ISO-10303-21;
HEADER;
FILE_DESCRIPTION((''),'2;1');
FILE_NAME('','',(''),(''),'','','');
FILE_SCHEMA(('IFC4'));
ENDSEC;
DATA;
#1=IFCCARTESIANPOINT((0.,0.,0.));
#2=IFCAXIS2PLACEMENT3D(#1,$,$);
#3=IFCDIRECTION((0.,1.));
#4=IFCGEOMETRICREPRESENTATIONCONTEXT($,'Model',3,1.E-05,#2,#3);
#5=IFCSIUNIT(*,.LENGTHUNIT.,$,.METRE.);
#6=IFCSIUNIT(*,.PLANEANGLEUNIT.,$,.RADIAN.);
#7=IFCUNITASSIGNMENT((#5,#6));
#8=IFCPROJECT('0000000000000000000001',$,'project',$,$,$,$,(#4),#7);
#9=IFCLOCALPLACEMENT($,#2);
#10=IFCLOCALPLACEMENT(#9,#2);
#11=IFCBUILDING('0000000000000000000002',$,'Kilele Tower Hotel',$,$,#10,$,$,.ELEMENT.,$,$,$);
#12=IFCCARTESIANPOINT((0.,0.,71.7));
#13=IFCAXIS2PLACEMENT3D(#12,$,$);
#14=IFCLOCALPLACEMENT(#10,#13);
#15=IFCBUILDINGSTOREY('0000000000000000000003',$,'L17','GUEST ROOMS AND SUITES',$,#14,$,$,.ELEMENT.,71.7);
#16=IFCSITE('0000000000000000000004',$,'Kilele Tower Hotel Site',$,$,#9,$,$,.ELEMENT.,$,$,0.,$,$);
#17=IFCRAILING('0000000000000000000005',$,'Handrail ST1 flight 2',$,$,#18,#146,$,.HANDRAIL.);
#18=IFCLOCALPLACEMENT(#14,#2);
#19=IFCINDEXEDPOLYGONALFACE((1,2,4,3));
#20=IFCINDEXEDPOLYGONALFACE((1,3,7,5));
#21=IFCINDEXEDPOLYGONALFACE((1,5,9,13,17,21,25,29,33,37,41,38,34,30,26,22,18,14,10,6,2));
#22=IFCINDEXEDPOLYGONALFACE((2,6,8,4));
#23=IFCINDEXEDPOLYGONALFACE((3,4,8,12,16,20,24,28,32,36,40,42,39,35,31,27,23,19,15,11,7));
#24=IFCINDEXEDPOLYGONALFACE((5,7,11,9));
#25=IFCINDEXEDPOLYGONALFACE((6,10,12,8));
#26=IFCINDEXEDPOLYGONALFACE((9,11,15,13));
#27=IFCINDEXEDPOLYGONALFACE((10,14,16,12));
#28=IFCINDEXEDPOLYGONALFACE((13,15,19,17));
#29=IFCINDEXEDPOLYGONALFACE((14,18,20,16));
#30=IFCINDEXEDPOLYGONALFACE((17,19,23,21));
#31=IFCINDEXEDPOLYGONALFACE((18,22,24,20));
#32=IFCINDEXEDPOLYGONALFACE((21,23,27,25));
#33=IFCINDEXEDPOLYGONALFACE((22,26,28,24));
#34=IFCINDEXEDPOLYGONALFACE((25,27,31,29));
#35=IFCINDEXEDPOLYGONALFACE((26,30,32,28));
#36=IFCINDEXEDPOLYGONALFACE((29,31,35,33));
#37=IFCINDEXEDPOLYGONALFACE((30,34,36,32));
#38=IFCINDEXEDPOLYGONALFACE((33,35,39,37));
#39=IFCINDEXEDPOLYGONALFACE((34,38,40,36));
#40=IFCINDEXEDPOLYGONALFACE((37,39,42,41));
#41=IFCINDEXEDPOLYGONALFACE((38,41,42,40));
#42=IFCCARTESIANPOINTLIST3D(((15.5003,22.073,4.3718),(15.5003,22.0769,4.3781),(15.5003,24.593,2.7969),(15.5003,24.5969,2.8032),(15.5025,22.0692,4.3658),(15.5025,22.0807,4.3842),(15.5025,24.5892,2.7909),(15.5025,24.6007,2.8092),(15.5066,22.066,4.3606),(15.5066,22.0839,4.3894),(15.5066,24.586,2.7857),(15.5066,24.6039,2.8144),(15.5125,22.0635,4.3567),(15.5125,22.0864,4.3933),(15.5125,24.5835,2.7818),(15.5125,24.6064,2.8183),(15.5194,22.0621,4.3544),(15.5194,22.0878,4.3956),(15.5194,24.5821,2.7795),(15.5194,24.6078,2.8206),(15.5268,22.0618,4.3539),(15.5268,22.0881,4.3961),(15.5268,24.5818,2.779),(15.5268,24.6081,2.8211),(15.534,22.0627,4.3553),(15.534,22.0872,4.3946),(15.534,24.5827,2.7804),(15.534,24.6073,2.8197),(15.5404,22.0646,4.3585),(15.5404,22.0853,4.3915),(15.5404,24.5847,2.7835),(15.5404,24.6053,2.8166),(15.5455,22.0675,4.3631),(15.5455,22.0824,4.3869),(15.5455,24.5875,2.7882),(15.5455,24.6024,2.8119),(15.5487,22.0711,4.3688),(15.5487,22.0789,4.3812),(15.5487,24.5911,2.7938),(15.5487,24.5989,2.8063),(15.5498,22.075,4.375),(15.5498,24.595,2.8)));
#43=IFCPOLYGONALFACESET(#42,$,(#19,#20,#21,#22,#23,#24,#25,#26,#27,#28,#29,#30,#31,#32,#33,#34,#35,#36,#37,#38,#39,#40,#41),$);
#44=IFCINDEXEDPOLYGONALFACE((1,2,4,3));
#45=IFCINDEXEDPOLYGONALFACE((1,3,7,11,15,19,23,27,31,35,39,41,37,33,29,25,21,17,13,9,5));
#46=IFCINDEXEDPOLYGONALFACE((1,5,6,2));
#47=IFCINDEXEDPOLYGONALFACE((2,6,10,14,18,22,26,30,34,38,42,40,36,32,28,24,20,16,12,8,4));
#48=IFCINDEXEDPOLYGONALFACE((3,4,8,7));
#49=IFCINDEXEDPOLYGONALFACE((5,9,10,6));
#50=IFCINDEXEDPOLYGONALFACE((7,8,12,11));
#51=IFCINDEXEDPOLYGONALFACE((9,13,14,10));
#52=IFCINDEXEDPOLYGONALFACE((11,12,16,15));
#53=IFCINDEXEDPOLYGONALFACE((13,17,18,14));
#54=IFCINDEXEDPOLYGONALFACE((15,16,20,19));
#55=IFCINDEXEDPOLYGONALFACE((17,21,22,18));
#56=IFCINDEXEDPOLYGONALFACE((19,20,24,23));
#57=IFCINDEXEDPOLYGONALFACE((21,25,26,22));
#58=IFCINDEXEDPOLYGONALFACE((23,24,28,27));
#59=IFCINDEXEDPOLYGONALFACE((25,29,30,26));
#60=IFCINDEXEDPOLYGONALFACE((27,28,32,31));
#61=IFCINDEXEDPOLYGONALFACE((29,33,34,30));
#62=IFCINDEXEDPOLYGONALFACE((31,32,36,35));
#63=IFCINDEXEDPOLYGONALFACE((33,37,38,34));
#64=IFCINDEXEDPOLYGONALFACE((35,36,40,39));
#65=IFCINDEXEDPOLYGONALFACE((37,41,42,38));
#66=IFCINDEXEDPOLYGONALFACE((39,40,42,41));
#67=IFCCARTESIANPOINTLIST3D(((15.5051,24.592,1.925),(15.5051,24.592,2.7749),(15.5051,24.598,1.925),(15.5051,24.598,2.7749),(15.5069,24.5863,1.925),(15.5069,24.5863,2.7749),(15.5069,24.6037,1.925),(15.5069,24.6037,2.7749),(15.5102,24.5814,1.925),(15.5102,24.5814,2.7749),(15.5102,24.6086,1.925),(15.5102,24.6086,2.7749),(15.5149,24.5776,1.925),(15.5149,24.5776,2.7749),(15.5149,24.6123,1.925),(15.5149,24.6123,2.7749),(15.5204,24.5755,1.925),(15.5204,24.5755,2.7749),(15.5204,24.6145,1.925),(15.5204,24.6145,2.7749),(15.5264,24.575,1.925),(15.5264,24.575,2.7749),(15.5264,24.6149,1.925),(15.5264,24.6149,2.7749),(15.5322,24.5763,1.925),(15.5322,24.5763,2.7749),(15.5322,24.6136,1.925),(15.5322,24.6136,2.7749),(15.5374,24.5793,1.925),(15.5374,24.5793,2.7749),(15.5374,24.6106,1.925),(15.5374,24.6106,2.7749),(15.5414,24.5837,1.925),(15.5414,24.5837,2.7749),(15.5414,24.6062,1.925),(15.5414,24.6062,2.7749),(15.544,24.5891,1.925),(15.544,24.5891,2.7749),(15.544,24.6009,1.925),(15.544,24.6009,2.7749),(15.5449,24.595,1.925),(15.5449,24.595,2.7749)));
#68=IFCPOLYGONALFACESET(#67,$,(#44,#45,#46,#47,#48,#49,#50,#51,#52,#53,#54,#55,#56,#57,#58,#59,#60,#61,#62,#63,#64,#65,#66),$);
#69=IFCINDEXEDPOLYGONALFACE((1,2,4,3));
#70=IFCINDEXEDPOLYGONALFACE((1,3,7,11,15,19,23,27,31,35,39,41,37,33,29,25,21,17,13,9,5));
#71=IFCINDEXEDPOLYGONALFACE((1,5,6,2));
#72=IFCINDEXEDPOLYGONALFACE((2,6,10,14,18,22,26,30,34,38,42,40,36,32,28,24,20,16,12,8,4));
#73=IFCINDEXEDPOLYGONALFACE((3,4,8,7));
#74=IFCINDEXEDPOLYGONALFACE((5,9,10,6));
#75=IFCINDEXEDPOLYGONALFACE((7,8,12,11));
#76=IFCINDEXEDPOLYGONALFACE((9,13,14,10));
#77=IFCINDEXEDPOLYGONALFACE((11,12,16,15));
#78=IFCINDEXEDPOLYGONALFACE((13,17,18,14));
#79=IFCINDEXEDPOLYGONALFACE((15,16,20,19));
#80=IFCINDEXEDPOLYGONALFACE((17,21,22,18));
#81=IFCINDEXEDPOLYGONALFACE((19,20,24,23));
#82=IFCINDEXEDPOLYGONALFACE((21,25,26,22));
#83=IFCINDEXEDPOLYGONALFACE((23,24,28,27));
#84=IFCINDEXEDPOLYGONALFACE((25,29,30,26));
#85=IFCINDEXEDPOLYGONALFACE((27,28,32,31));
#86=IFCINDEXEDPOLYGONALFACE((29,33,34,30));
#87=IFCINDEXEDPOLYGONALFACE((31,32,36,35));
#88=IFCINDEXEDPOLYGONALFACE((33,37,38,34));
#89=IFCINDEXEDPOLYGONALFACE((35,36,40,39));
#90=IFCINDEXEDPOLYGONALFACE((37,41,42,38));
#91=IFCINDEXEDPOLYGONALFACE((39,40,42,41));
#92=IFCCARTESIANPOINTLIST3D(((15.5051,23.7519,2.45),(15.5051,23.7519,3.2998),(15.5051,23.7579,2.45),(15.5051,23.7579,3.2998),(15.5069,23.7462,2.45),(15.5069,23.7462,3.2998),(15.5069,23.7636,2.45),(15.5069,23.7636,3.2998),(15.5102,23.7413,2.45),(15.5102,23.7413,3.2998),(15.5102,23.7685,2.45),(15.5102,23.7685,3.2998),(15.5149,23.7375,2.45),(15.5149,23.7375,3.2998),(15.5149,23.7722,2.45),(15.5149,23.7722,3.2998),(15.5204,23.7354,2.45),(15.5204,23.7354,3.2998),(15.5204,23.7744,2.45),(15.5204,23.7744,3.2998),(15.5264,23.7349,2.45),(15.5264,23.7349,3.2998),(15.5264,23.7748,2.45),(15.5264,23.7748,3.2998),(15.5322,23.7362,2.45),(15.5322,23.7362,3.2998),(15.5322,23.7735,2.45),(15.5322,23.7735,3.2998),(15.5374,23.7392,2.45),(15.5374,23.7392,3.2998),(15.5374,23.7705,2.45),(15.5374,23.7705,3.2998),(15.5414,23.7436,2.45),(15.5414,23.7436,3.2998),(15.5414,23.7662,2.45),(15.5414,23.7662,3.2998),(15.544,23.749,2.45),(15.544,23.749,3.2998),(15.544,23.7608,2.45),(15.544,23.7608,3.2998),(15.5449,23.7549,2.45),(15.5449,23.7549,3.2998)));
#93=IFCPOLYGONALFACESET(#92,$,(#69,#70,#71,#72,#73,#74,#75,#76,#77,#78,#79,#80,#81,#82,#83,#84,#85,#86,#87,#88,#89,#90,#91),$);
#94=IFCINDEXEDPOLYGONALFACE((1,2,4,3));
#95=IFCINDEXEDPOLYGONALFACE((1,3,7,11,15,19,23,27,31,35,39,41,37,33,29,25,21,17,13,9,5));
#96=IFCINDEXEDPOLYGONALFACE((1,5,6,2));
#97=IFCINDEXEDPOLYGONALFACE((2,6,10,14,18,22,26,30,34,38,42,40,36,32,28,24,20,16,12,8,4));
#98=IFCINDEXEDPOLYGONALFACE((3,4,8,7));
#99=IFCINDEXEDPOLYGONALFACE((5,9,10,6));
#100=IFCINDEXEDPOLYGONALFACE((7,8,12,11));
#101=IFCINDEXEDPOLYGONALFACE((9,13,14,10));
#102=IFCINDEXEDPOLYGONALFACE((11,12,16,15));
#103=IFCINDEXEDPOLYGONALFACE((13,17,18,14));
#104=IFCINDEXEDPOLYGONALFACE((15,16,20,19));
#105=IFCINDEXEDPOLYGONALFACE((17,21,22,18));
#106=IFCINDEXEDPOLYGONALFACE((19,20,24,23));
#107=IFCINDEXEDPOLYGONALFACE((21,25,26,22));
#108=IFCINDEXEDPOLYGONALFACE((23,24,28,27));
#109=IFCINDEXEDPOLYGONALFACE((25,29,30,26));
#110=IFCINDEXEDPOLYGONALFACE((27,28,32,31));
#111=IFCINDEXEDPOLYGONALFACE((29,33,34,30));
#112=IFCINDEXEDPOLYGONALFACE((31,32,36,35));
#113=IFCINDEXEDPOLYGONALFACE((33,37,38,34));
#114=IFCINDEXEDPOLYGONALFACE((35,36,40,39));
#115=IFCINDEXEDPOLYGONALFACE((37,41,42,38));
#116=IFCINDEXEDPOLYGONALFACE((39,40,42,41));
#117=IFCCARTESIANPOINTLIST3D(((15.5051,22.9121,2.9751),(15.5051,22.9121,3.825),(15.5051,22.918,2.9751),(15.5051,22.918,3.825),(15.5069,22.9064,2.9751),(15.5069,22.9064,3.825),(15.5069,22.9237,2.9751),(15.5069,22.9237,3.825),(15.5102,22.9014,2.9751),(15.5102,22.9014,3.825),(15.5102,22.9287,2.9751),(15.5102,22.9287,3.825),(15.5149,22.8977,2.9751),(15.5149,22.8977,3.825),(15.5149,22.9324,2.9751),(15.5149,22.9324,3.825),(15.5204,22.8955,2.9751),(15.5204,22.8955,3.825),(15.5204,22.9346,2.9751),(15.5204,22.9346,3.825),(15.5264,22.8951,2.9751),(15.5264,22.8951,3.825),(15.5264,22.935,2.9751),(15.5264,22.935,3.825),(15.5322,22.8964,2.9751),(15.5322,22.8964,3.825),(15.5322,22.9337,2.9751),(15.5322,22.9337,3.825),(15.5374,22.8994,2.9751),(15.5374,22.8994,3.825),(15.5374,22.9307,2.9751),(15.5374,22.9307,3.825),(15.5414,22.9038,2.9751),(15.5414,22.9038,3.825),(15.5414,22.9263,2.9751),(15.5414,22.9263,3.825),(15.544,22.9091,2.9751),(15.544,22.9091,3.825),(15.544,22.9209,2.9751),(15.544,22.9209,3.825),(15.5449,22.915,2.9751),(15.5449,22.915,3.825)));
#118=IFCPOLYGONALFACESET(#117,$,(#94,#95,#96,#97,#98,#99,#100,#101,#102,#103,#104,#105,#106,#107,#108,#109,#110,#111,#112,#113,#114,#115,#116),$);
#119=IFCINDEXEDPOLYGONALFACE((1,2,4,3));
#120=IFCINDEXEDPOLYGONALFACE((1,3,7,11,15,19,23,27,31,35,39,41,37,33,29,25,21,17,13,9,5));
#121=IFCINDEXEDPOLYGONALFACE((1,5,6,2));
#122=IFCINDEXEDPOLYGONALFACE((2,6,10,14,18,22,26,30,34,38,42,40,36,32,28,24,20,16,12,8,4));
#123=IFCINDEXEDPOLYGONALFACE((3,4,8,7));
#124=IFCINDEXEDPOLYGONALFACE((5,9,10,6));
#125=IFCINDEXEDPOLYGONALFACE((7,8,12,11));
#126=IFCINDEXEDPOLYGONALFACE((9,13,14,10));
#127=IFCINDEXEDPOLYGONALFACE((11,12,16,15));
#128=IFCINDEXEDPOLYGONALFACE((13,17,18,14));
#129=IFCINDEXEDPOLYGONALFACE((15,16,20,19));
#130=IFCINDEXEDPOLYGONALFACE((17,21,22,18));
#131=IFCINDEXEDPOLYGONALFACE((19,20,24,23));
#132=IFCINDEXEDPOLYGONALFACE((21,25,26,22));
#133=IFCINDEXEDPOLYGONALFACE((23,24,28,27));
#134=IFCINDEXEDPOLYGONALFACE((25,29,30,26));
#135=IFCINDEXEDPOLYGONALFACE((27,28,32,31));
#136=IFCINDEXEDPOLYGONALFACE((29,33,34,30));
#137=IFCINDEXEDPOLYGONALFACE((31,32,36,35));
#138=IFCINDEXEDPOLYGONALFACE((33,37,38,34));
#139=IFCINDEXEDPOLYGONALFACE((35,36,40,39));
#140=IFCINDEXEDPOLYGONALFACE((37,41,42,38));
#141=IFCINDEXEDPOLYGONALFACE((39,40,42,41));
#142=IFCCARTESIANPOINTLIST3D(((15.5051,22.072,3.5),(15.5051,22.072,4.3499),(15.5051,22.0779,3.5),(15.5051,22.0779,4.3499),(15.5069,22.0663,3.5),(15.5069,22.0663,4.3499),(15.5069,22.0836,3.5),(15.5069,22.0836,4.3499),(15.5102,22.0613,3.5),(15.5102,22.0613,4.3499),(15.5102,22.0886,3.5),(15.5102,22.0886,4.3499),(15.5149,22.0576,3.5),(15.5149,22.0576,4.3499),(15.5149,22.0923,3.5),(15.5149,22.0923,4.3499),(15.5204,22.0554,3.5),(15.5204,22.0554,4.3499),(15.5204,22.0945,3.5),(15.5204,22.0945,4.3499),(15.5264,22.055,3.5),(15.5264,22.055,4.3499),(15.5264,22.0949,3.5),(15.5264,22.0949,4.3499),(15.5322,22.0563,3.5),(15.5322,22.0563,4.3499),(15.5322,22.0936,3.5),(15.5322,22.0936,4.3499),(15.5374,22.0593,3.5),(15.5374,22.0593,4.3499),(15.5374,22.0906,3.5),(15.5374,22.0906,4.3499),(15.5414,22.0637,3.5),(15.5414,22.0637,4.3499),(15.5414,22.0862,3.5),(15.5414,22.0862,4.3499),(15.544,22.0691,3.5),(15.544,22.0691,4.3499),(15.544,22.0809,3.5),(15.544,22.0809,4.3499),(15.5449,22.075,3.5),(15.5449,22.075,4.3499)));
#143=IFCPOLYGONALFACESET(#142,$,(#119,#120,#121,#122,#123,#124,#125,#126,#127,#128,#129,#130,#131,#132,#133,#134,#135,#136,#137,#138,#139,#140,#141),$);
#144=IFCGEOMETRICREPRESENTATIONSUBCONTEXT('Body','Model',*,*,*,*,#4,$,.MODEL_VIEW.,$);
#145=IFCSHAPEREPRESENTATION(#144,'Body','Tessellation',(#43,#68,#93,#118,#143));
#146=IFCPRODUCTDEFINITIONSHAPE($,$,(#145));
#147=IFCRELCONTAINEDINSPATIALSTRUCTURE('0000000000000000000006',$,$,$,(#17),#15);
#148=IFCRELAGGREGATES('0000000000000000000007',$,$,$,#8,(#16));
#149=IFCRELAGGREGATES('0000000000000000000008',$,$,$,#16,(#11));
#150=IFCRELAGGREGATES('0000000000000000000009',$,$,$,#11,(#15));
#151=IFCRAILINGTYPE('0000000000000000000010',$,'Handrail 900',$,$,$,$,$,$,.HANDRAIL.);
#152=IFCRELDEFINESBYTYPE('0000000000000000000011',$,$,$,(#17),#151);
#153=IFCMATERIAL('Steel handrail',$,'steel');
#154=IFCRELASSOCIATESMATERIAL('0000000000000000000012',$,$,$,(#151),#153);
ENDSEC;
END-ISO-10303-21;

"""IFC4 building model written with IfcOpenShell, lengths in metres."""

from ifc_helpers import new_model, si_unit, direction, frame, origin, origin_2d, place, context, subcontext, project, spatial, circle, extrude, material, type_object, element, save


model = new_model("IFC4")

# Units and contexts
model_context = context("Model", 3, precision=1e-05, world=origin(), true_north=direction((0.0, 1.0)))
body_context = subcontext(model_context, "Body", "Model", "MODEL_VIEW")
ifc_project = project(units=[si_unit("LENGTHUNIT", "METRE"), si_unit("PLANEANGLEUNIT", "RADIAN")], contexts=[model_context])

# Site, building, storey
site_placement = place(None, origin())
site = spatial("IfcSite", under=ifc_project, at=site_placement, Name="Kilele Tower Hotel Site", CompositionType="ELEMENT", RefElevation=0.0)
building_placement = place(site_placement, origin())
building = spatial("IfcBuilding", under=site, at=building_placement, Name="Kilele Tower Hotel", CompositionType="ELEMENT")
storey_placement = place(building_placement, frame((0.0, 0.0, 71.7)))
storey = spatial("IfcBuildingStorey", under=building, at=storey_placement, Name="L17", Description="GUEST ROOMS AND SUITES", CompositionType="ELEMENT", Elevation=71.7)

# Railing
ifc_material_1 = material(Name="Steel handrail", Category="steel")
railing_type_1 = type_object("IfcRailingType", Name="Handrail 900", PredefinedType="HANDRAIL", material=ifc_material_1)
for number, where, name in (
    (1, (15.5249, 24.595, 1.925), "Handrail ST1 flight 2"),
):
    element("IfcRailing", number, at=place(storey_placement, frame(where)), inside=storey, type_object=railing_type_1, Name=name, PredefinedType="HANDRAIL", context=body_context, shape_type="SweptSolid", body=[
        extrude(circle(Radius=0.0249, at=origin_2d()), frame((0.0, 0.0, 0.875), z_axis=(0.0, -0.848008, 0.529984), x_axis=(1.0, 0.0, 0.0)), (0.0, 0.0, 1.0), 2.9717),
        extrude(circle(Radius=0.02, at=origin_2d()), origin(), (0.0, 0.0, 1.0), 0.8499),
        extrude(circle(Radius=0.02, at=origin_2d()), frame((0.0, -0.8401, 0.5249)), (0.0, 0.0, 1.0), 0.8499),
        extrude(circle(Radius=0.02, at=origin_2d()), frame((0.0, -1.6799, 1.05)), (0.0, 0.0, 1.0), 0.8499),
        extrude(circle(Radius=0.02, at=origin_2d()), frame((0.0, -2.52, 1.575)), (0.0, 0.0, 1.0), 0.8499),
    ])

save(model, "model.ifc")
